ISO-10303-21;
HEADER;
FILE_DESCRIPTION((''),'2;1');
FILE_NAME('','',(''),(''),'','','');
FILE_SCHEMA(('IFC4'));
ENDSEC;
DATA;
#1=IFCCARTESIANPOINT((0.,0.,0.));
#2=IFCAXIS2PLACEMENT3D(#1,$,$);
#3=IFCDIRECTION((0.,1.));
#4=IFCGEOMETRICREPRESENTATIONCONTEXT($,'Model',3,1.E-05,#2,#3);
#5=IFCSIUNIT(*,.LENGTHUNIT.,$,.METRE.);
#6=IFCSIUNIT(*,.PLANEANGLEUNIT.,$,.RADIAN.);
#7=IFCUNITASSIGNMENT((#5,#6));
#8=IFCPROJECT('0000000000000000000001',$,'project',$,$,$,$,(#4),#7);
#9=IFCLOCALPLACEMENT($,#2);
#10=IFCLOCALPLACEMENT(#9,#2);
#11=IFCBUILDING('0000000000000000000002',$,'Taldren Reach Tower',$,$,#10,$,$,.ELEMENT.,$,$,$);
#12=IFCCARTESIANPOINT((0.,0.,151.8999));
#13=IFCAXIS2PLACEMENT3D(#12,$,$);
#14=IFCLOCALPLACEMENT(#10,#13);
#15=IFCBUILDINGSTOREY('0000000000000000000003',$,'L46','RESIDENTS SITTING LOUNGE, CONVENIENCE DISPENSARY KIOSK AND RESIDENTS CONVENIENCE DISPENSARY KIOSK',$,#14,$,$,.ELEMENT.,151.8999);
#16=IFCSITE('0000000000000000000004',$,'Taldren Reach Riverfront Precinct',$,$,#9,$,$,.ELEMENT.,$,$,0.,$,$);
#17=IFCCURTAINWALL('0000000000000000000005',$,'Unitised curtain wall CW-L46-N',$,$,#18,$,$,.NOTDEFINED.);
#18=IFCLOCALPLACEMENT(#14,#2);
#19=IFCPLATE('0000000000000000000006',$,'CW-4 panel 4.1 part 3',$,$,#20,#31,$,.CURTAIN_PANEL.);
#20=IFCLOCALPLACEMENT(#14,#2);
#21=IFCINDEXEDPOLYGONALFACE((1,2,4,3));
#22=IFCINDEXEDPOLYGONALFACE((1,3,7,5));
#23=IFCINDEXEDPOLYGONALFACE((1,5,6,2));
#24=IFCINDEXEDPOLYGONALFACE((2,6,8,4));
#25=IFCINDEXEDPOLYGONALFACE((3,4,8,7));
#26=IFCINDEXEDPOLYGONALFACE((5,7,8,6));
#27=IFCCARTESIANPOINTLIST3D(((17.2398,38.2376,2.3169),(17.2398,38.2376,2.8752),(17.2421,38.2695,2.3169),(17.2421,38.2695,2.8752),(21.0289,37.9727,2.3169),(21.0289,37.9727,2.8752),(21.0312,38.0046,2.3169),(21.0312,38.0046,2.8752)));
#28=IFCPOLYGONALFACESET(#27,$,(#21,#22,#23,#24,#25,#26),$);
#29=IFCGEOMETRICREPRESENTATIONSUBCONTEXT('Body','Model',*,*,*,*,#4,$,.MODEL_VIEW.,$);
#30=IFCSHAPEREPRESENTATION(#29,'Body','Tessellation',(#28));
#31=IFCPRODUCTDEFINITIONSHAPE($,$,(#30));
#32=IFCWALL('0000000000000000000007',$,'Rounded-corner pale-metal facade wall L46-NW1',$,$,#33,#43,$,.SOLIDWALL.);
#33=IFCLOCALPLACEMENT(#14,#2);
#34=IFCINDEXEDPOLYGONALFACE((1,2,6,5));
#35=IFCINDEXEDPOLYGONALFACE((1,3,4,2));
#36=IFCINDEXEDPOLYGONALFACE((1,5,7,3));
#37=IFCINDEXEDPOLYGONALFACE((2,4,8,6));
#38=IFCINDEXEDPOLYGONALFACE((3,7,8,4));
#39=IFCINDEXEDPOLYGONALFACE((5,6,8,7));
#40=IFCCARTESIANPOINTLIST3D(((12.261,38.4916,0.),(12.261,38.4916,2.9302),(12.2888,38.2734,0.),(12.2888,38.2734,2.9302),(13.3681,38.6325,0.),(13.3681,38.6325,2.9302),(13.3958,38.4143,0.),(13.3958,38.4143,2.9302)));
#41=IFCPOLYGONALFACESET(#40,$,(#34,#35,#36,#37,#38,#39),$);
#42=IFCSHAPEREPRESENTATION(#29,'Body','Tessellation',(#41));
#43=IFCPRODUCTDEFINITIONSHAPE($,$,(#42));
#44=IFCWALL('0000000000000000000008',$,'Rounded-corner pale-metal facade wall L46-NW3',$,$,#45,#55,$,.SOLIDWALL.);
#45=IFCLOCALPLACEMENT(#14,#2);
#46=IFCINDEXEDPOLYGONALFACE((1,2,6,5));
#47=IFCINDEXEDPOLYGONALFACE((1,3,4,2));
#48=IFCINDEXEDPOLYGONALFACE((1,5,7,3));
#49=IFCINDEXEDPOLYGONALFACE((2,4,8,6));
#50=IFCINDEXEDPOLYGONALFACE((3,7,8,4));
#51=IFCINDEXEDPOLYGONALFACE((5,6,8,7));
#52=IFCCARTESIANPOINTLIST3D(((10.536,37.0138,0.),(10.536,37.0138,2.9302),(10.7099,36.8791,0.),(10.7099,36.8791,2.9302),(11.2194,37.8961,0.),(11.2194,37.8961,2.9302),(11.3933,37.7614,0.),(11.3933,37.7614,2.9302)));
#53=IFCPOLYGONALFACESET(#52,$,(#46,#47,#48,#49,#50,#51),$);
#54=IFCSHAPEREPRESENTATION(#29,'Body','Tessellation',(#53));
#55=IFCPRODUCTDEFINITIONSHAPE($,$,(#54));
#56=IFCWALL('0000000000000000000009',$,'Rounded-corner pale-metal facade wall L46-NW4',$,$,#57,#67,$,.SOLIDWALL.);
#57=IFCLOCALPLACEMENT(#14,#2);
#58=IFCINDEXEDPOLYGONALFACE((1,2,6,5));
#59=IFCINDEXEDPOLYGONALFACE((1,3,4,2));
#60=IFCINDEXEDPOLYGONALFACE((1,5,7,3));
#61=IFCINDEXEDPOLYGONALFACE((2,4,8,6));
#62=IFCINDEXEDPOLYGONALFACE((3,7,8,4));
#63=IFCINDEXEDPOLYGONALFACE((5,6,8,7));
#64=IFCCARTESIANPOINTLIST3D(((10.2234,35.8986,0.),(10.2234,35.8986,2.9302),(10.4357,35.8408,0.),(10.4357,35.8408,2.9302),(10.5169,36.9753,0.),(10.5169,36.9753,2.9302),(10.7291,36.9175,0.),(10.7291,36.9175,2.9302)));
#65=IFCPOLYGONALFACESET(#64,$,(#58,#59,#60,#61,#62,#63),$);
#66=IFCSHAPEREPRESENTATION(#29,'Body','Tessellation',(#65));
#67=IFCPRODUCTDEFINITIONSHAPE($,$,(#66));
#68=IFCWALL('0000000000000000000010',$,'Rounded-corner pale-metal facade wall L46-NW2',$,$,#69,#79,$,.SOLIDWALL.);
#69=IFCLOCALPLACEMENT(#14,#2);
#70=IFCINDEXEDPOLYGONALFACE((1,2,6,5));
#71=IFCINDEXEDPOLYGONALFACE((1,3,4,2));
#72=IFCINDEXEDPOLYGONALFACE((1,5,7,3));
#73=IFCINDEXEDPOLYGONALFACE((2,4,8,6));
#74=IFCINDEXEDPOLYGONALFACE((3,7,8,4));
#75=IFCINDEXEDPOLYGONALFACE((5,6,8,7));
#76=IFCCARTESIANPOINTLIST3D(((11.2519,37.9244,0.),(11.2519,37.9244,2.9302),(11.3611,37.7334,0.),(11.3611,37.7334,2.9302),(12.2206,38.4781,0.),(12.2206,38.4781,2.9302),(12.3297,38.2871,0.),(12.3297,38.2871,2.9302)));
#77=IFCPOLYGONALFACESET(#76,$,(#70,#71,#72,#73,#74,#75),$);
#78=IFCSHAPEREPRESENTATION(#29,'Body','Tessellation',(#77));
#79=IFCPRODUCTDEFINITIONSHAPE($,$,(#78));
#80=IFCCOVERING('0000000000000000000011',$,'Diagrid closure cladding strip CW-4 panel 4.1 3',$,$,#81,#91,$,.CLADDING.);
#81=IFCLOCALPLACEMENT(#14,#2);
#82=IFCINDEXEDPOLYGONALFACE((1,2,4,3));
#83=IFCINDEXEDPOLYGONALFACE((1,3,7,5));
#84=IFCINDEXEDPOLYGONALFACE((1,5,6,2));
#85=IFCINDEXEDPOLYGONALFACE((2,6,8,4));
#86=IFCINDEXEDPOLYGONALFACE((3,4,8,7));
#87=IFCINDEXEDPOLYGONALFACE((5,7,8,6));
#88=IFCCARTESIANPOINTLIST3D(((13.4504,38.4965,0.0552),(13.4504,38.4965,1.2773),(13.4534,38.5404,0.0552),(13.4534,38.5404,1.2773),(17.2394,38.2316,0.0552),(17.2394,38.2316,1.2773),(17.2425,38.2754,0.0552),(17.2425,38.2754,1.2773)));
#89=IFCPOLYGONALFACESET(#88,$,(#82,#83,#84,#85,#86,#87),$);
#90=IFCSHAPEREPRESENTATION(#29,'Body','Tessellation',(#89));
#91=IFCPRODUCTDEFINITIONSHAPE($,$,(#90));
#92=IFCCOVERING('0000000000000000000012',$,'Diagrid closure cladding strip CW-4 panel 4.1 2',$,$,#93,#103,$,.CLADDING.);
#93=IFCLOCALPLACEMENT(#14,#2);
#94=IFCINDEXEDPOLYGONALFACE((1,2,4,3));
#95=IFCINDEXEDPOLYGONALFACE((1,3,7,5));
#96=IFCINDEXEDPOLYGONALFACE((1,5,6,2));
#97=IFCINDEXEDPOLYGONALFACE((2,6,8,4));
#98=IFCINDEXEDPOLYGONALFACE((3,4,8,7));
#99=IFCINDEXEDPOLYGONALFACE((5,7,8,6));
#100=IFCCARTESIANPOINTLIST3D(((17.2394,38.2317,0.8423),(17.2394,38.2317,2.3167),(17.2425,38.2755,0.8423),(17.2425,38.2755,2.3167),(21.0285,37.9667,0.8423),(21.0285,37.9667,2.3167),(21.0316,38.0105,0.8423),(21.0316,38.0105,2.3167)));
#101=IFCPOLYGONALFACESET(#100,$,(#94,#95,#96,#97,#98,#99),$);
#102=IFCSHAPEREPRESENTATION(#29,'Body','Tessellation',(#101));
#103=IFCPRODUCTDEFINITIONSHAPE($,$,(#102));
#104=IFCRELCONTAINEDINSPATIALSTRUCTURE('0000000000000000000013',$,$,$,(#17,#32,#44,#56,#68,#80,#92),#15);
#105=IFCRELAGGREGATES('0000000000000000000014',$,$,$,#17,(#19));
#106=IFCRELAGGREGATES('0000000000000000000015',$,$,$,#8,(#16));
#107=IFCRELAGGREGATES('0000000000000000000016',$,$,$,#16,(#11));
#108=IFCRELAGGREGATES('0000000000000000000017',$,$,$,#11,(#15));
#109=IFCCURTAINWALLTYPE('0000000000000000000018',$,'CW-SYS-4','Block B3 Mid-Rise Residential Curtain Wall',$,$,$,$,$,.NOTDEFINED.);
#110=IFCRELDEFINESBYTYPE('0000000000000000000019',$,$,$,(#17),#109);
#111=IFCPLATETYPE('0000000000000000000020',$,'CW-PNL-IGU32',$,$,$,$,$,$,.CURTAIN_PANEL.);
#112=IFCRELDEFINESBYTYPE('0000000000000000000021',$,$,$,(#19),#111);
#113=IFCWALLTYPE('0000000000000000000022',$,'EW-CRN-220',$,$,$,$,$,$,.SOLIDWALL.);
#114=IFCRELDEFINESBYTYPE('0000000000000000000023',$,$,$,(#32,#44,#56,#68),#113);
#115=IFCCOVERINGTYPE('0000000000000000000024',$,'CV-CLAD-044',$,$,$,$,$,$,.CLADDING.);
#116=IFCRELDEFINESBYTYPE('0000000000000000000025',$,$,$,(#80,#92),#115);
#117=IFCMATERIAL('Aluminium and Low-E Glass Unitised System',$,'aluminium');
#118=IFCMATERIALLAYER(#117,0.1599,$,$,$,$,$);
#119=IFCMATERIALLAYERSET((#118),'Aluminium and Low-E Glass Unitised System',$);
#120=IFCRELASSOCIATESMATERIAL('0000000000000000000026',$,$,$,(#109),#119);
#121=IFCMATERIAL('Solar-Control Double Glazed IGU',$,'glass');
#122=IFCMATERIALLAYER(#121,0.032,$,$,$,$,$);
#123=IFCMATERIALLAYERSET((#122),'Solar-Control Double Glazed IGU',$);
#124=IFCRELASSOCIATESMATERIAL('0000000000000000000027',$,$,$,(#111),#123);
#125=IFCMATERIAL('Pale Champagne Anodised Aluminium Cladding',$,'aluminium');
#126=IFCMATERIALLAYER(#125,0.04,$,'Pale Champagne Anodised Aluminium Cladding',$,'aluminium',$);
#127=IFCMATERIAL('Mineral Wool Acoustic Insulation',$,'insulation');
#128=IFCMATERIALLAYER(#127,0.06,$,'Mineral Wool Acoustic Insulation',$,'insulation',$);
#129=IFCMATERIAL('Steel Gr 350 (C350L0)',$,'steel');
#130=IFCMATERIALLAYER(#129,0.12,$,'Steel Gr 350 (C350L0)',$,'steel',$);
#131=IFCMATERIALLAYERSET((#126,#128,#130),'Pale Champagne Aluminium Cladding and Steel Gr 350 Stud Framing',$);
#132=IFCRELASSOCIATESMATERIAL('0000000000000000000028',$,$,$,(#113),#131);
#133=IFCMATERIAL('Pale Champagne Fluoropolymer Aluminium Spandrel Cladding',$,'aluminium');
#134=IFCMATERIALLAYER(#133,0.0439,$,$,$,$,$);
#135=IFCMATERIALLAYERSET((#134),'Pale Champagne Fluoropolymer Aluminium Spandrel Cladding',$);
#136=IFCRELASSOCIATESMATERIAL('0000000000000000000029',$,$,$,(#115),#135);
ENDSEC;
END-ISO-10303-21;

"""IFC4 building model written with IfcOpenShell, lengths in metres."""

from ifc_helpers import new_model, si_unit, direction, frame, frame_2d, origin, origin_2d, place, context, subcontext, project, spatial, rectangle, extrude, source, transform, mapped, material, layer, layer_set, type_object, element, aggregate, save


model = new_model("IFC4")

# Units and contexts
model_context = context("Model", 3, precision=1e-05, world=origin(), true_north=direction((0.0, 1.0)))
body_context = subcontext(model_context, "Body", "Model", "MODEL_VIEW")
ifc_project = project(units=[si_unit("LENGTHUNIT", "METRE"), si_unit("PLANEANGLEUNIT", "RADIAN")], contexts=[model_context])

# Site, building, storey
site_placement = place(None, origin())
site = spatial("IfcSite", under=ifc_project, at=site_placement, Name="Taldren Reach Riverfront Precinct", CompositionType="ELEMENT", RefElevation=0.0)
building_placement = place(site_placement, origin())
building = spatial("IfcBuilding", under=site, at=building_placement, Name="Taldren Reach Tower", CompositionType="ELEMENT")
storey_placement = place(building_placement, frame((0.0, 0.0, 151.8999)))
storey = spatial("IfcBuildingStorey", under=building, at=storey_placement, Name="L46", Description="RESIDENTS SITTING LOUNGE, CONVENIENCE DISPENSARY KIOSK AND RESIDENTS CONVENIENCE DISPENSARY KIOSK", CompositionType="ELEMENT", Elevation=151.8999)

# Shared definitions
ifc_material_1 = material(Name="Steel Gr 350 (C350L0)", Category="steel")

# Curtain wall
ifc_material_2 = material(Name="Aluminium and Low-E Glass Unitised System", Category="aluminium")
ifc_layer_1 = layer(ifc_material_2, 0.1599)
ifc_layer_set_1 = layer_set([ifc_layer_1], Name="Aluminium and Low-E Glass Unitised System")
curtain_wall_type = type_object("IfcCurtainWallType", Name="CW-SYS-4", Description="Block B3 Mid-Rise Residential Curtain Wall", PredefinedType="NOTDEFINED", material=ifc_layer_set_1)
curtain_wall_1_placement = place(storey_placement, origin())
curtain_wall_1 = element("IfcCurtainWall", 1, at=curtain_wall_1_placement, inside=storey, type_object=curtain_wall_type, Name="Unitised curtain wall CW-L46-N", PredefinedType="NOTDEFINED")

# Plate
ifc_material_3 = material(Name="Solar-Control Double Glazed IGU", Category="glass")
ifc_layer_2 = layer(ifc_material_3, 0.032)
ifc_layer_set_2 = layer_set([ifc_layer_2], Name="Solar-Control Double Glazed IGU")
plate_type_1 = type_object("IfcPlateType", Name="CW-PNL-IGU32", PredefinedType="CURTAIN_PANEL", material=ifc_layer_set_2)
shared_shape_1 = source(origin(), body_context, "Body", "SweptSolid", [
    extrude(rectangle(XDim=3.7983, YDim=0.032, at=origin_2d()), origin(), (0.0, 0.0, 1.0), 0.5583),
])
plate_1_placement = place(storey_placement, frame((19.1355, 38.1211, 2.3169), z_axis=(0.0, 0.0, 1.0), x_axis=(-0.997564, 0.069757, 0.0)))
plate_1 = element("IfcPlate", 2, at=plate_1_placement, type_object=plate_type_1, Name="CW-4 panel 4.1 part 3", PredefinedType="CURTAIN_PANEL", context=body_context, shape_type="MappedRepresentation", body=[
    mapped(shared_shape_1, transform((0.0, 0.0, 0.0), scale=1.0)),
])
aggregate(curtain_wall_1, [plate_1])

# Walls
ifc_material_4 = material(Name="Pale Champagne Anodised Aluminium Cladding", Category="aluminium")
ifc_layer_3 = layer(ifc_material_4, 0.04, Name="Pale Champagne Anodised Aluminium Cladding", Category="aluminium")
ifc_material_5 = material(Name="Mineral Wool Acoustic Insulation", Category="insulation")
ifc_layer_4 = layer(ifc_material_5, 0.06, Name="Mineral Wool Acoustic Insulation", Category="insulation")
ifc_layer_5 = layer(ifc_material_1, 0.12, Name="Steel Gr 350 (C350L0)", Category="steel")
ifc_layer_set_3 = layer_set([ifc_layer_3, ifc_layer_4, ifc_layer_5], Name="Pale Champagne Aluminium Cladding and Steel Gr 350 Stud Framing")
wall_type = type_object("IfcWallType", Name="EW-CRN-220", PredefinedType="SOLIDWALL", material=ifc_layer_set_3)
shared_shape_2 = source(origin(), body_context, "Body", "SweptSolid", [
    extrude(rectangle(XDim=1.116, YDim=0.22, at=frame_2d((0.5581, 0.0))), origin(), (0.0, 0.0, 1.0), 2.9302),
])
for number, where, z_axis, x_axis, name in (
    (3, (13.3821, 38.5234, 0.0), (0.0, 0.0, 1.0), (-0.991999, -0.126243, 0.0), "Rounded-corner pale-metal facade wall L46-NW1"),
    (4, (11.3064, 37.8289, 0.0), (0.0, 0.0, 1.0), (-0.612319, -0.790611, 0.0), "Rounded-corner pale-metal facade wall L46-NW3"),
    (5, (10.623, 36.9465, 0.0), (0.0, 0.0, 1.0), (-0.262969, -0.964804, 0.0), "Rounded-corner pale-metal facade wall L46-NW4"),
):
    element("IfcWall", number, at=place(storey_placement, frame(where, z_axis=z_axis, x_axis=x_axis)), inside=storey, type_object=wall_type, Name=name, PredefinedType="SOLIDWALL", context=body_context, shape_type="MappedRepresentation", body=[
        mapped(shared_shape_2, transform((0.0, 0.0, 0.0), scale=1.0)),
    ])
shared_shape_3 = source(origin(), body_context, "Body", "SweptSolid", [
    extrude(rectangle(XDim=1.1157, YDim=0.22, at=frame_2d((0.5579, 0.0))), origin(), (0.0, 0.0, 1.0), 2.9302),
])
wall_placement = place(storey_placement, frame((12.2751, 38.3826, 0.0), z_axis=(0.0, 0.0, 1.0), x_axis=(-0.868189, -0.496233, 0.0)))
element("IfcWall", 6, at=wall_placement, inside=storey, type_object=wall_type, Name="Rounded-corner pale-metal facade wall L46-NW2", PredefinedType="SOLIDWALL", context=body_context, shape_type="MappedRepresentation", body=[
    mapped(shared_shape_3, transform((0.0, 0.0, 0.0), scale=1.0)),
])

# Coverings
ifc_material_6 = material(Name="Pale Champagne Fluoropolymer Aluminium Spandrel Cladding", Category="aluminium")
ifc_layer_6 = layer(ifc_material_6, 0.0439)
ifc_layer_set_4 = layer_set([ifc_layer_6], Name="Pale Champagne Fluoropolymer Aluminium Spandrel Cladding")
covering_type = type_object("IfcCoveringType", Name="CV-CLAD-044", PredefinedType="CLADDING", material=ifc_layer_set_4)
shared_shape_4 = source(origin(), body_context, "Body", "SweptSolid", [
    extrude(rectangle(XDim=3.7983, YDim=0.0439, at=origin_2d()), origin(), (0.0, 0.0, 1.0), 1.2222),
])
covering_1_placement = place(storey_placement, frame((15.3464, 38.386, 0.0552), z_axis=(0.0, 0.0, 1.0), x_axis=(-0.997564, 0.069757, 0.0)))
element("IfcCovering", 7, at=covering_1_placement, inside=storey, type_object=covering_type, Name="Diagrid closure cladding strip CW-4 panel 4.1 3", PredefinedType="CLADDING", context=body_context, shape_type="MappedRepresentation", body=[
    mapped(shared_shape_4, transform((0.0, 0.0, 0.0), scale=1.0)),
])
shared_shape_5 = source(origin(), body_context, "Body", "SweptSolid", [
    extrude(rectangle(XDim=3.7983, YDim=0.0439, at=origin_2d()), origin(), (0.0, 0.0, 1.0), 1.4744),
])
covering_2_placement = place(storey_placement, frame((19.1355, 38.1211, 0.8423), z_axis=(0.0, 0.0, 1.0), x_axis=(-0.997564, 0.069757, 0.0)))
element("IfcCovering", 8, at=covering_2_placement, inside=storey, type_object=covering_type, Name="Diagrid closure cladding strip CW-4 panel 4.1 2", PredefinedType="CLADDING", context=body_context, shape_type="MappedRepresentation", body=[
    mapped(shared_shape_5, transform((0.0, 0.0, 0.0), scale=1.0)),
])

save(model, "model.ifc")
